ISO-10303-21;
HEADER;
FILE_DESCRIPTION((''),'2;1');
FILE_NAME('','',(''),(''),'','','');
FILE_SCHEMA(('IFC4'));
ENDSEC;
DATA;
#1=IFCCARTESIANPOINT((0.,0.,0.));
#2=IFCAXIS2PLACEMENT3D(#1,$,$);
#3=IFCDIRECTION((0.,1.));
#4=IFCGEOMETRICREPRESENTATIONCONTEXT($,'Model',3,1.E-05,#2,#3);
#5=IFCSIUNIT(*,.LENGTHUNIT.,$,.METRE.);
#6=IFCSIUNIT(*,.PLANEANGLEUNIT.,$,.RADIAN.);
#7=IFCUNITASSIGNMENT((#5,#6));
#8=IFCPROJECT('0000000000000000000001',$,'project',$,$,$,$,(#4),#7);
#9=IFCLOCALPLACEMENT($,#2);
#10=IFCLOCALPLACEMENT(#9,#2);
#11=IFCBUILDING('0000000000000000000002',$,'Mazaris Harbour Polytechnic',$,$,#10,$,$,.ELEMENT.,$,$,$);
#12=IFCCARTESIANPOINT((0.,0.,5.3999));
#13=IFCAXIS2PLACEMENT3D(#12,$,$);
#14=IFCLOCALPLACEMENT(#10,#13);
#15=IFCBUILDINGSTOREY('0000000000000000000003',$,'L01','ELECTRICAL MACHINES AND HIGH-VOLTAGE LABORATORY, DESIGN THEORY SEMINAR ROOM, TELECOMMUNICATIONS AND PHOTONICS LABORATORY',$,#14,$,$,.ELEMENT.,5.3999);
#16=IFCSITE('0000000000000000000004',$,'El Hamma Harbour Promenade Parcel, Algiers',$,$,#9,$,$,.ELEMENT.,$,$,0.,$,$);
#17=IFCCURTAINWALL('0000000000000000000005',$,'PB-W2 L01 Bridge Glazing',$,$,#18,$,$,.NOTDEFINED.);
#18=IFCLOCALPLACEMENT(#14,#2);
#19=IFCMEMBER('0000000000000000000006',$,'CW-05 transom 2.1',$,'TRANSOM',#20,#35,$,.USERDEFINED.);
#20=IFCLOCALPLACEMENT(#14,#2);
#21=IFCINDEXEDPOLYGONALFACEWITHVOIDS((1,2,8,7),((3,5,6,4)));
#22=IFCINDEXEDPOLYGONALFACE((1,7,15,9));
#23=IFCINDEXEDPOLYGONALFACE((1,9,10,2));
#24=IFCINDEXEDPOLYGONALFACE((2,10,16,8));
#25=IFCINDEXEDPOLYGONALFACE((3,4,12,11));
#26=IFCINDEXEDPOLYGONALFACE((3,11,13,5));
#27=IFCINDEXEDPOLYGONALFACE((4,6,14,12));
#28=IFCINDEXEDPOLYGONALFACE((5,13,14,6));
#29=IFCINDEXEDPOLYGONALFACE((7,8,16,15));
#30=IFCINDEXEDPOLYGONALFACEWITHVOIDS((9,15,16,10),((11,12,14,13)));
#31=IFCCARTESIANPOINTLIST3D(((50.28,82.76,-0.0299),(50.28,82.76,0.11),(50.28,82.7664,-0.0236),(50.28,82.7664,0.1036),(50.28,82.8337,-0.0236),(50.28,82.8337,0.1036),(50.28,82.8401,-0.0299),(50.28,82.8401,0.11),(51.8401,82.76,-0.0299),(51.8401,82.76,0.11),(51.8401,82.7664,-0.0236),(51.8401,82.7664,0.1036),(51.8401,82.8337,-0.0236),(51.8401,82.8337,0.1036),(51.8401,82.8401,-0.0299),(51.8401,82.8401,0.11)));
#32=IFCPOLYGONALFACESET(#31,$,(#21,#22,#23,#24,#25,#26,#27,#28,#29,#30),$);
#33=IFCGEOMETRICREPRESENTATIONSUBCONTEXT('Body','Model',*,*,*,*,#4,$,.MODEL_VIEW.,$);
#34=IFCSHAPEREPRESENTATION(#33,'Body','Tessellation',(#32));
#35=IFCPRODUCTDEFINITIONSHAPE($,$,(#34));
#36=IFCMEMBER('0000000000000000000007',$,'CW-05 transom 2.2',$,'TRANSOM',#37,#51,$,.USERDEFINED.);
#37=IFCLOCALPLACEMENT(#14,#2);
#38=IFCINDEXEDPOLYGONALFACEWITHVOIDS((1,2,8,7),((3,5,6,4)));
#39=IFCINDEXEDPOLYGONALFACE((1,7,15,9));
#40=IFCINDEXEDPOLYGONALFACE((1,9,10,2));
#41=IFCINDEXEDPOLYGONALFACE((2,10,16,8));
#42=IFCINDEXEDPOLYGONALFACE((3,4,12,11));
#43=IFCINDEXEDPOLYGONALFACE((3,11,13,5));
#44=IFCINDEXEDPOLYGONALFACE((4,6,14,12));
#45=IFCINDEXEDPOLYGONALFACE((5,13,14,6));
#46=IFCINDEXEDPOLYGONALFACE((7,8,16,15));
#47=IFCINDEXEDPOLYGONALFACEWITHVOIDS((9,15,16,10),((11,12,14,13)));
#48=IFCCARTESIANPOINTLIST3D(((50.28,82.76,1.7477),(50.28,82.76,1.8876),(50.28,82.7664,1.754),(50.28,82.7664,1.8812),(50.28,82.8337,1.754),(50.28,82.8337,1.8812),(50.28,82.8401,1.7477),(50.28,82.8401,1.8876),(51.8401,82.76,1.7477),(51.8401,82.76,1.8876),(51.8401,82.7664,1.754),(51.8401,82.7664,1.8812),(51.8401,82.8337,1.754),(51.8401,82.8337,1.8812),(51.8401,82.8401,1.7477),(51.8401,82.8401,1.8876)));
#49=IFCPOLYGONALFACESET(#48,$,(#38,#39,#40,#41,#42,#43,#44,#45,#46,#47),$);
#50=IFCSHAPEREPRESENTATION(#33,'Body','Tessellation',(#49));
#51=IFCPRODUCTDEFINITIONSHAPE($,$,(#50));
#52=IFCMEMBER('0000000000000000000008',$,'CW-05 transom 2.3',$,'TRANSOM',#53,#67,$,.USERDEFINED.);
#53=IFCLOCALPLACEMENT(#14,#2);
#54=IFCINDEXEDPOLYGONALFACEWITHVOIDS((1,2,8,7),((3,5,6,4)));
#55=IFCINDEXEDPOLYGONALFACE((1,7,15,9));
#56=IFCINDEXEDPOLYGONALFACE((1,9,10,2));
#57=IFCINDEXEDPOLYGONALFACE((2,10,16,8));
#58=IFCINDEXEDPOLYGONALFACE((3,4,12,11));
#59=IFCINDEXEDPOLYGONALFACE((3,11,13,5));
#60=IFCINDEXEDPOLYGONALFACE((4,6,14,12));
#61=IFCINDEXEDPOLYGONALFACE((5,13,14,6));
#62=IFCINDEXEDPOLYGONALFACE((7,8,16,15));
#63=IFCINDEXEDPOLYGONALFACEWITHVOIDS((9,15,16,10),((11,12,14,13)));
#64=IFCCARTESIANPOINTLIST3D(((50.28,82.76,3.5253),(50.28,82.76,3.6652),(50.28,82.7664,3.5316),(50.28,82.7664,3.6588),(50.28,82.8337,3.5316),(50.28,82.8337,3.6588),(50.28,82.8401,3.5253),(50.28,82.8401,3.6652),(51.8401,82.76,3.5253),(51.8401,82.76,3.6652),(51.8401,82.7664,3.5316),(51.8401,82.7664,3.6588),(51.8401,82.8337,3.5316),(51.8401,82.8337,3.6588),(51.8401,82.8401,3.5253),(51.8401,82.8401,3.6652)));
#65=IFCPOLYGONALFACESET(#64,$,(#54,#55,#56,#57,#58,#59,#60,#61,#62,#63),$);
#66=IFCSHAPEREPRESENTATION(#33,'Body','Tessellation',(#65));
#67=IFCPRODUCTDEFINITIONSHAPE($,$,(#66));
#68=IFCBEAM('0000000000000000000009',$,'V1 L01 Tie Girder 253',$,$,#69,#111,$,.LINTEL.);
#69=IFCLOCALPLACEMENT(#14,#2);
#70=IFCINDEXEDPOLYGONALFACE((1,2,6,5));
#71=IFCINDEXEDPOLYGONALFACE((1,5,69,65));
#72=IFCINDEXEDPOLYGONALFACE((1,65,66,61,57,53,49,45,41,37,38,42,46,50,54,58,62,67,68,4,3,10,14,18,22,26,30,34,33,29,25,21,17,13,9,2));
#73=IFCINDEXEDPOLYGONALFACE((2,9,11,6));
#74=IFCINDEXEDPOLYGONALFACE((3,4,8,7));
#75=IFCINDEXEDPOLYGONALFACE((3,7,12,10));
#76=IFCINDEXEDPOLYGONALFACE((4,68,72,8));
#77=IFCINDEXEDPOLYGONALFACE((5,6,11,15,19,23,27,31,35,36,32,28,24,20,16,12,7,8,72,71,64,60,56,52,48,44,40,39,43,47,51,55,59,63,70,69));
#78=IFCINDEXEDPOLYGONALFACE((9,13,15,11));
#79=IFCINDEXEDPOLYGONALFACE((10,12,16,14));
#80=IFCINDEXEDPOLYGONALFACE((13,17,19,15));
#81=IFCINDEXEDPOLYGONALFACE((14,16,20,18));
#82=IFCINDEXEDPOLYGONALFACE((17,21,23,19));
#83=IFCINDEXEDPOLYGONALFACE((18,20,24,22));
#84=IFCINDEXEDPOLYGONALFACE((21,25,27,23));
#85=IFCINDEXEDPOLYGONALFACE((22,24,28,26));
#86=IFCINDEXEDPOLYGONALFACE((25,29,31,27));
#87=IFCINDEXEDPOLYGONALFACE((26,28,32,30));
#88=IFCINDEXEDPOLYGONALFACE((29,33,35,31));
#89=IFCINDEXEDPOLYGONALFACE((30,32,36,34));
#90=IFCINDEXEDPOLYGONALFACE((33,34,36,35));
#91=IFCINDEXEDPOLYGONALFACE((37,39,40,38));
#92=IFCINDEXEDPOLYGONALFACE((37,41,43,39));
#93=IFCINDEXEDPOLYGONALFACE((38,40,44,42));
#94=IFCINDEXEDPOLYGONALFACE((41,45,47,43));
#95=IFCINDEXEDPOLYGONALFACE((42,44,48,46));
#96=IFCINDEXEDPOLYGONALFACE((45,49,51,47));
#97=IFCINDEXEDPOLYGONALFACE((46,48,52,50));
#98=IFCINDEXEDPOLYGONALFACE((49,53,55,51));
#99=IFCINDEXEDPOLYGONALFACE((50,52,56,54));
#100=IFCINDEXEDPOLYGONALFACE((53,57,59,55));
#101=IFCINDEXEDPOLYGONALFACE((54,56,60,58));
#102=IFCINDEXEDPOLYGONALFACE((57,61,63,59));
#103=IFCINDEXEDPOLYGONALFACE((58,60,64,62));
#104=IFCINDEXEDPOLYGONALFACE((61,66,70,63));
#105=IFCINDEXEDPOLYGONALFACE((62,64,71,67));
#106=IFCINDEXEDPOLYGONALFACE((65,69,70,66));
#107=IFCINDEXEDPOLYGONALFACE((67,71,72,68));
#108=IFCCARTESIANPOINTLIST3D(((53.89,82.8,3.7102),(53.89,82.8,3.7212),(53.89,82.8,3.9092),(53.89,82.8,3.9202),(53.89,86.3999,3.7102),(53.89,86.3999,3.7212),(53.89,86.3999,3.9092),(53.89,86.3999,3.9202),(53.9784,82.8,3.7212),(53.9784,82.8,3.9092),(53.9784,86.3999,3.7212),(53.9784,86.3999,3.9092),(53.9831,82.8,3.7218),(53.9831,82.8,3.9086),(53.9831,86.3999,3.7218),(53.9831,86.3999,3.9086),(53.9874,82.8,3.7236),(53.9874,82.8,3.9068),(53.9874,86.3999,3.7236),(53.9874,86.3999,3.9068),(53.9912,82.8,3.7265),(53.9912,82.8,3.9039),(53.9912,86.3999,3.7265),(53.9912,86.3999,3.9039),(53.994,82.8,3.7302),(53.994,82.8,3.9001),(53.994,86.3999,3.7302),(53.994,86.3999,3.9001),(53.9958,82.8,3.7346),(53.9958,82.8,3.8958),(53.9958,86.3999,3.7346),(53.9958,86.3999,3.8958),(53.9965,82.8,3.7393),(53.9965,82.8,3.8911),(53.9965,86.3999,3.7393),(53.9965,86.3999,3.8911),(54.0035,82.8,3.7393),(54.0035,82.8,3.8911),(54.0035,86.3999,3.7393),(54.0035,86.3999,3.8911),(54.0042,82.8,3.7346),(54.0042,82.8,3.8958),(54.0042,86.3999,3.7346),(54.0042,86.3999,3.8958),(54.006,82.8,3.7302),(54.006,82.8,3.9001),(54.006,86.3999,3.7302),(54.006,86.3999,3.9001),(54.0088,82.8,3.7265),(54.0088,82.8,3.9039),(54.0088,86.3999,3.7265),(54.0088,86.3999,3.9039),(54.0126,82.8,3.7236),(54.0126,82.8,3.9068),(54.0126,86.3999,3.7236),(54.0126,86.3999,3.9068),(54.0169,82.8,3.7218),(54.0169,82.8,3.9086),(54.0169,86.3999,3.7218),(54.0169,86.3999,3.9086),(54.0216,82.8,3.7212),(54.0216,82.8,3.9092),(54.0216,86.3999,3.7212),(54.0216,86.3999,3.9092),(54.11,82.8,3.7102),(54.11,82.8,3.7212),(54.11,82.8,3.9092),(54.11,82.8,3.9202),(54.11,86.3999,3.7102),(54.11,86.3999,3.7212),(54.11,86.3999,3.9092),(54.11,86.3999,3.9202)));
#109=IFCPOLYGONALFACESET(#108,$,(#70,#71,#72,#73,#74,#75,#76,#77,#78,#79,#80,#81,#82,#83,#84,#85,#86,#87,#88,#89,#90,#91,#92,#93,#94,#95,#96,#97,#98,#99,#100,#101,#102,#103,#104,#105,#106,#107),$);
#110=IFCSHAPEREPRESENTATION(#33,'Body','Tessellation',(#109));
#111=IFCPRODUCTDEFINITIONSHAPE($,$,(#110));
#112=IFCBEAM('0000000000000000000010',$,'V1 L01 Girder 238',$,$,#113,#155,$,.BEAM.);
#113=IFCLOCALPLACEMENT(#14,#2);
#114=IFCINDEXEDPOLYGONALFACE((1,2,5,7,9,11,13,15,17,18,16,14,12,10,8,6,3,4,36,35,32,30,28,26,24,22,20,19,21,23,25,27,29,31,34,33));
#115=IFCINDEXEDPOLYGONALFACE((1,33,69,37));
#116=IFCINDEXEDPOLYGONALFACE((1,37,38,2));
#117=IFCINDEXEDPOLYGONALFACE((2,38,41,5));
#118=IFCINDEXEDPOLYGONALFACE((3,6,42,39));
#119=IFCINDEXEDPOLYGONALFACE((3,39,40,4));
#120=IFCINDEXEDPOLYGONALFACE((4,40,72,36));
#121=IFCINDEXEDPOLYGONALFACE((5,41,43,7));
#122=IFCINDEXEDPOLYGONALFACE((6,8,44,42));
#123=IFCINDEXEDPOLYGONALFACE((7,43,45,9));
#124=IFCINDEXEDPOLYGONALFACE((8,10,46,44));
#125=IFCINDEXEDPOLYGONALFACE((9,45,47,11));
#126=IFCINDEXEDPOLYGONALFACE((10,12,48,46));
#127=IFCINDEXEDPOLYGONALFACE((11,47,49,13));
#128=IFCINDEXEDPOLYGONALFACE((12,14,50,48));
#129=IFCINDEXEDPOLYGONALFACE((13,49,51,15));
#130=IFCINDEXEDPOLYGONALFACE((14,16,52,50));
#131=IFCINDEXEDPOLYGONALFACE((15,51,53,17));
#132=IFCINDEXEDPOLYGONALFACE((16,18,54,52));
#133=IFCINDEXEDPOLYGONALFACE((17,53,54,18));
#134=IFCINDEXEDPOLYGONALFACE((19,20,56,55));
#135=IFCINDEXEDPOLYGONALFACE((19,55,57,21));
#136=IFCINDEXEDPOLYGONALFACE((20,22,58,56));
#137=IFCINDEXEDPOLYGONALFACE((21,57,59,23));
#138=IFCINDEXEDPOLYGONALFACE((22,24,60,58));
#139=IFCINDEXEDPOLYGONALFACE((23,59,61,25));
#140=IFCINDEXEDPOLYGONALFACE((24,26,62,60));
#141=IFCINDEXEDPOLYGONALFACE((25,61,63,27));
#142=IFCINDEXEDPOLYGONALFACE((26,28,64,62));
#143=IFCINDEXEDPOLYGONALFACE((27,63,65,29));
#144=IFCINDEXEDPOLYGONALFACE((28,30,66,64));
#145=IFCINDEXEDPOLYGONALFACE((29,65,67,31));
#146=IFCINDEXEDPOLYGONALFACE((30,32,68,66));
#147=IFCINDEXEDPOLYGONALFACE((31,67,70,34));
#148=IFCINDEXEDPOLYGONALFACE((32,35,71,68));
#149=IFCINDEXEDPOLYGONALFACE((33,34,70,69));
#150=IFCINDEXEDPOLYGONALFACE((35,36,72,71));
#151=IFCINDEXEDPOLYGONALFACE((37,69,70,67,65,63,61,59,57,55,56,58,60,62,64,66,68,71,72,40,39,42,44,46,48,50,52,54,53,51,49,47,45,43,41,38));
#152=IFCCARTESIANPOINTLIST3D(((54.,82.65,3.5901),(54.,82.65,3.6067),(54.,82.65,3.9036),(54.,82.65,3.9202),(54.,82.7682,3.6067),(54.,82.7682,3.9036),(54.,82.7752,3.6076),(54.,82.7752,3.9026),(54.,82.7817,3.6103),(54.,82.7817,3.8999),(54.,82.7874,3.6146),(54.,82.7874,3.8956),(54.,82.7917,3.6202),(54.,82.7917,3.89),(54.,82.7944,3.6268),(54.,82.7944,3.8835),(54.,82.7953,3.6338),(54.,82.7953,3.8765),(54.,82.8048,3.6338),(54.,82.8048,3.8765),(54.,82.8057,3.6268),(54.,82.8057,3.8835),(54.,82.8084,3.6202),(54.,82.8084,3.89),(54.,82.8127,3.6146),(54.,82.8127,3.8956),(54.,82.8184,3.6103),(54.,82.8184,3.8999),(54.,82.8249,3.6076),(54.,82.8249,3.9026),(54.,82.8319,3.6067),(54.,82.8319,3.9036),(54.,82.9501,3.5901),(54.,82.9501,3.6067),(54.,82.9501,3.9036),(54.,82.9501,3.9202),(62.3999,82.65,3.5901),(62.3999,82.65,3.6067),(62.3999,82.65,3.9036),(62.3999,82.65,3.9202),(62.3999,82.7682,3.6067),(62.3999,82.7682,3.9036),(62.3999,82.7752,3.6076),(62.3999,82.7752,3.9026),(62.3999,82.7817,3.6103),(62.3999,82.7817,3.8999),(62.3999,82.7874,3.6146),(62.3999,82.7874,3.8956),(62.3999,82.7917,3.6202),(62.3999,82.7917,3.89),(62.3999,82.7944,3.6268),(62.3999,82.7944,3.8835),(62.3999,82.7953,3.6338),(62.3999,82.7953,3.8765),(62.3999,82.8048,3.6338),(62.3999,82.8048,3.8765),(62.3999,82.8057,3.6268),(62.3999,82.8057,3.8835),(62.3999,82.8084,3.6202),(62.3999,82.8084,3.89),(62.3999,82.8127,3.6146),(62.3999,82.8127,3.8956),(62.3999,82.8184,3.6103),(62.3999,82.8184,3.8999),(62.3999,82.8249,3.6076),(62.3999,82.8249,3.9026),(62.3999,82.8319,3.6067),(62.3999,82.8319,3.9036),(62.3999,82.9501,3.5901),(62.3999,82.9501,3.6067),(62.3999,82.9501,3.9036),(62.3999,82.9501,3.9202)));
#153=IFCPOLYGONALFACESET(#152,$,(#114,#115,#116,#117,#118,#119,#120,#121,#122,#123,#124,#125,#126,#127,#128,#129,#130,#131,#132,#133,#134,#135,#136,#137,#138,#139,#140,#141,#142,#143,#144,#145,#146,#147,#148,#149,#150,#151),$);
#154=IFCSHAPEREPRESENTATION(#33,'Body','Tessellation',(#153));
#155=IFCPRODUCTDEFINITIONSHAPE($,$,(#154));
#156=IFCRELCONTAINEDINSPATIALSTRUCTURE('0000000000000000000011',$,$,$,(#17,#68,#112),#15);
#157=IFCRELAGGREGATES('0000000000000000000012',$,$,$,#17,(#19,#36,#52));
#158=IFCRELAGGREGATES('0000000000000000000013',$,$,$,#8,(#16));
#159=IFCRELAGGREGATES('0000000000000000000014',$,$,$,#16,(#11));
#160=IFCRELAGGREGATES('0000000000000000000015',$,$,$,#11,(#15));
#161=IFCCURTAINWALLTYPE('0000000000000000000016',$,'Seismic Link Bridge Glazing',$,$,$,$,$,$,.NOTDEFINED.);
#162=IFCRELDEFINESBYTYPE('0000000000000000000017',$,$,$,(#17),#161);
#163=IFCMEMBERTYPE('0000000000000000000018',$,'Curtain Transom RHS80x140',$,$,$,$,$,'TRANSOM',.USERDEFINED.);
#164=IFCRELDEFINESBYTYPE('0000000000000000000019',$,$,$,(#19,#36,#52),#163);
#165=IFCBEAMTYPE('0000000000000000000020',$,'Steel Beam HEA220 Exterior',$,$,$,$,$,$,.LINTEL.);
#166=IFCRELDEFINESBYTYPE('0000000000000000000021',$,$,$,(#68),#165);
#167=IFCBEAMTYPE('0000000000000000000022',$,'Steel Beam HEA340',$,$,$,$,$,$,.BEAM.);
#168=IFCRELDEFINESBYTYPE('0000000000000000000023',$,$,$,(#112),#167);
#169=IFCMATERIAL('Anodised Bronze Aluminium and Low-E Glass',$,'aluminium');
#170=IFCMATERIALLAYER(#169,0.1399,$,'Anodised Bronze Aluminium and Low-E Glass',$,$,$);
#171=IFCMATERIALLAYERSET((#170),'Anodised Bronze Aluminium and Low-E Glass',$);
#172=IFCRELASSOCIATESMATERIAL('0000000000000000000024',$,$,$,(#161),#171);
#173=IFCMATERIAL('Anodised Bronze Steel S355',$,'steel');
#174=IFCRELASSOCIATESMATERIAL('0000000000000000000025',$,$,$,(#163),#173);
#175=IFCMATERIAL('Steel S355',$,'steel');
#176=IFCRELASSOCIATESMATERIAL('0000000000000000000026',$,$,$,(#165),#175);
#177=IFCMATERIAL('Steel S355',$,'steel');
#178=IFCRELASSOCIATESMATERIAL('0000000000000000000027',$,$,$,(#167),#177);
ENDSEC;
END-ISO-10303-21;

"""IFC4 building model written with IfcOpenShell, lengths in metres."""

from ifc_helpers import new_model, si_unit, direction, frame, origin, origin_2d, place, context, subcontext, project, spatial, hollow_rectangle, i_section, extrude, material, layer, layer_set, material_profile, profile_set, type_object, element, aggregate, save


model = new_model("IFC4")

# Units and contexts
model_context = context("Model", 3, precision=1e-05, world=origin(), true_north=direction((0.0, 1.0)))
body_context = subcontext(model_context, "Body", "Model", "MODEL_VIEW")
ifc_project = project(units=[si_unit("LENGTHUNIT", "METRE"), si_unit("PLANEANGLEUNIT", "RADIAN")], contexts=[model_context])

# Site, building, storey
site_placement = place(None, origin())
site = spatial("IfcSite", under=ifc_project, at=site_placement, Name="El Hamma Harbour Promenade Parcel, Algiers", CompositionType="ELEMENT", RefElevation=0.0)
building_placement = place(site_placement, origin())
building = spatial("IfcBuilding", under=site, at=building_placement, Name="Mazaris Harbour Polytechnic", CompositionType="ELEMENT")
storey_placement = place(building_placement, frame((0.0, 0.0, 5.3999)))
storey = spatial("IfcBuildingStorey", under=building, at=storey_placement, Name="L01", Description="ELECTRICAL MACHINES AND HIGH-VOLTAGE LABORATORY, DESIGN THEORY SEMINAR ROOM, TELECOMMUNICATIONS AND PHOTONICS LABORATORY", CompositionType="ELEMENT", Elevation=5.3999)

# Curtain wall
ifc_material_1 = material(Name="Anodised Bronze Aluminium and Low-E Glass", Category="aluminium")
ifc_layer_1 = layer(ifc_material_1, 0.1399, Name="Anodised Bronze Aluminium and Low-E Glass")
ifc_layer_set_1 = layer_set([ifc_layer_1], Name="Anodised Bronze Aluminium and Low-E Glass")
curtain_wall_type_1 = type_object("IfcCurtainWallType", Name="Seismic Link Bridge Glazing", PredefinedType="NOTDEFINED", material=ifc_layer_set_1)
curtain_wall_1_placement = place(storey_placement, origin())
curtain_wall_1 = element("IfcCurtainWall", 1, at=curtain_wall_1_placement, inside=storey, type_object=curtain_wall_type_1, Name="PB-W2 L01 Bridge Glazing", PredefinedType="NOTDEFINED")

# Members
ifc_material_2 = material(Name="Anodised Bronze Steel S355", Category="steel")
ifc_material_profile_1 = material_profile(ifc_material_2, hollow_rectangle(XDim=0.0801, YDim=0.1399, WallThickness=0.0063, at=origin_2d()), Name="RHS 80x140x6.3")
ifc_profile_set_1 = profile_set([ifc_material_profile_1], Name="Anodised Bronze Steel S355")
member_type_1 = type_object("IfcMemberType", Name="Curtain Transom RHS80x140", ElementType="TRANSOM", PredefinedType="USERDEFINED", material=ifc_profile_set_1)
member_1_placement = place(storey_placement, frame((51.8401, 82.8, 0.04), z_axis=(-1.0, 0.0, 0.0), x_axis=(0.0, -1.0, 0.0)))
member_1 = element("IfcMember", 2, at=member_1_placement, type_object=member_type_1, Name="CW-05 transom 2.1", ObjectType="TRANSOM", PredefinedType="USERDEFINED", context=body_context, shape_type="SweptSolid", body=[
    extrude(hollow_rectangle(XDim=0.0801, YDim=0.1399, WallThickness=0.0063, at=origin_2d()), origin(), (0.0, 0.0, 1.0), 1.5601),
])
member_2_placement = place(storey_placement, frame((51.8401, 82.8, 1.8176), z_axis=(-1.0, 0.0, 0.0), x_axis=(0.0, -1.0, 0.0)))
member_2 = element("IfcMember", 3, at=member_2_placement, type_object=member_type_1, Name="CW-05 transom 2.2", ObjectType="TRANSOM", PredefinedType="USERDEFINED", context=body_context, shape_type="SweptSolid", body=[
    extrude(hollow_rectangle(XDim=0.0801, YDim=0.1399, WallThickness=0.0063, at=origin_2d()), origin(), (0.0, 0.0, 1.0), 1.5601),
])
member_3_placement = place(storey_placement, frame((51.8401, 82.8, 3.5952), z_axis=(-1.0, 0.0, 0.0), x_axis=(0.0, -1.0, 0.0)))
member_3 = element("IfcMember", 4, at=member_3_placement, type_object=member_type_1, Name="CW-05 transom 2.3", ObjectType="TRANSOM", PredefinedType="USERDEFINED", context=body_context, shape_type="SweptSolid", body=[
    extrude(hollow_rectangle(XDim=0.0801, YDim=0.1399, WallThickness=0.0063, at=origin_2d()), origin(), (0.0, 0.0, 1.0), 1.5601),
])

# Beams
ifc_material_3 = material(Name="Steel S355", Category="steel")
ifc_material_profile_2 = material_profile(ifc_material_3, i_section(OverallWidth=0.22, OverallDepth=0.21, WebThickness=0.0071, FlangeThickness=0.011, FilletRadius=0.0181, at=origin_2d()), Name="HEA 220")
ifc_profile_set_2 = profile_set([ifc_material_profile_2], Name="Steel S355")
beam_type_1 = type_object("IfcBeamType", Name="Steel Beam HEA220 Exterior", PredefinedType="LINTEL", material=ifc_profile_set_2)
beam_1_placement = place(storey_placement, frame((54.0, 82.8, 3.8152), z_axis=(0.0, 1.0, 0.0), x_axis=(-1.0, 0.0, 0.0)))
element("IfcBeam", 5, at=beam_1_placement, inside=storey, type_object=beam_type_1, Name="V1 L01 Tie Girder 253", PredefinedType="LINTEL", context=body_context, shape_type="SweptSolid", body=[
    extrude(i_section(OverallWidth=0.22, OverallDepth=0.21, WebThickness=0.0071, FlangeThickness=0.011, FilletRadius=0.0181, at=origin_2d()), origin(), (0.0, 0.0, 1.0), 3.5999),
])
ifc_material_4 = material(Name="Steel S355", Category="steel")
ifc_material_profile_3 = material_profile(ifc_material_4, i_section(OverallWidth=0.3, OverallDepth=0.3301, WebThickness=0.0095, FlangeThickness=0.0166, FilletRadius=0.0271, at=origin_2d()), Name="HEA 340")
ifc_profile_set_3 = profile_set([ifc_material_profile_3], Name="Steel S355")
beam_type_2 = type_object("IfcBeamType", Name="Steel Beam HEA340", PredefinedType="BEAM", material=ifc_profile_set_3)
beam_2_placement = place(storey_placement, frame((54.0, 82.8, 3.7551), z_axis=(1.0, 0.0, 0.0), x_axis=(0.0, 1.0, 0.0)))
element("IfcBeam", 6, at=beam_2_placement, inside=storey, type_object=beam_type_2, Name="V1 L01 Girder 238", PredefinedType="BEAM", context=body_context, shape_type="SweptSolid", body=[
    extrude(i_section(OverallWidth=0.3, OverallDepth=0.3301, WebThickness=0.0095, FlangeThickness=0.0166, FilletRadius=0.0271, at=origin_2d()), origin(), (0.0, 0.0, 1.0), 8.3999),
])

aggregate(curtain_wall_1, [member_1, member_2, member_3])

save(model, "model.ifc")
